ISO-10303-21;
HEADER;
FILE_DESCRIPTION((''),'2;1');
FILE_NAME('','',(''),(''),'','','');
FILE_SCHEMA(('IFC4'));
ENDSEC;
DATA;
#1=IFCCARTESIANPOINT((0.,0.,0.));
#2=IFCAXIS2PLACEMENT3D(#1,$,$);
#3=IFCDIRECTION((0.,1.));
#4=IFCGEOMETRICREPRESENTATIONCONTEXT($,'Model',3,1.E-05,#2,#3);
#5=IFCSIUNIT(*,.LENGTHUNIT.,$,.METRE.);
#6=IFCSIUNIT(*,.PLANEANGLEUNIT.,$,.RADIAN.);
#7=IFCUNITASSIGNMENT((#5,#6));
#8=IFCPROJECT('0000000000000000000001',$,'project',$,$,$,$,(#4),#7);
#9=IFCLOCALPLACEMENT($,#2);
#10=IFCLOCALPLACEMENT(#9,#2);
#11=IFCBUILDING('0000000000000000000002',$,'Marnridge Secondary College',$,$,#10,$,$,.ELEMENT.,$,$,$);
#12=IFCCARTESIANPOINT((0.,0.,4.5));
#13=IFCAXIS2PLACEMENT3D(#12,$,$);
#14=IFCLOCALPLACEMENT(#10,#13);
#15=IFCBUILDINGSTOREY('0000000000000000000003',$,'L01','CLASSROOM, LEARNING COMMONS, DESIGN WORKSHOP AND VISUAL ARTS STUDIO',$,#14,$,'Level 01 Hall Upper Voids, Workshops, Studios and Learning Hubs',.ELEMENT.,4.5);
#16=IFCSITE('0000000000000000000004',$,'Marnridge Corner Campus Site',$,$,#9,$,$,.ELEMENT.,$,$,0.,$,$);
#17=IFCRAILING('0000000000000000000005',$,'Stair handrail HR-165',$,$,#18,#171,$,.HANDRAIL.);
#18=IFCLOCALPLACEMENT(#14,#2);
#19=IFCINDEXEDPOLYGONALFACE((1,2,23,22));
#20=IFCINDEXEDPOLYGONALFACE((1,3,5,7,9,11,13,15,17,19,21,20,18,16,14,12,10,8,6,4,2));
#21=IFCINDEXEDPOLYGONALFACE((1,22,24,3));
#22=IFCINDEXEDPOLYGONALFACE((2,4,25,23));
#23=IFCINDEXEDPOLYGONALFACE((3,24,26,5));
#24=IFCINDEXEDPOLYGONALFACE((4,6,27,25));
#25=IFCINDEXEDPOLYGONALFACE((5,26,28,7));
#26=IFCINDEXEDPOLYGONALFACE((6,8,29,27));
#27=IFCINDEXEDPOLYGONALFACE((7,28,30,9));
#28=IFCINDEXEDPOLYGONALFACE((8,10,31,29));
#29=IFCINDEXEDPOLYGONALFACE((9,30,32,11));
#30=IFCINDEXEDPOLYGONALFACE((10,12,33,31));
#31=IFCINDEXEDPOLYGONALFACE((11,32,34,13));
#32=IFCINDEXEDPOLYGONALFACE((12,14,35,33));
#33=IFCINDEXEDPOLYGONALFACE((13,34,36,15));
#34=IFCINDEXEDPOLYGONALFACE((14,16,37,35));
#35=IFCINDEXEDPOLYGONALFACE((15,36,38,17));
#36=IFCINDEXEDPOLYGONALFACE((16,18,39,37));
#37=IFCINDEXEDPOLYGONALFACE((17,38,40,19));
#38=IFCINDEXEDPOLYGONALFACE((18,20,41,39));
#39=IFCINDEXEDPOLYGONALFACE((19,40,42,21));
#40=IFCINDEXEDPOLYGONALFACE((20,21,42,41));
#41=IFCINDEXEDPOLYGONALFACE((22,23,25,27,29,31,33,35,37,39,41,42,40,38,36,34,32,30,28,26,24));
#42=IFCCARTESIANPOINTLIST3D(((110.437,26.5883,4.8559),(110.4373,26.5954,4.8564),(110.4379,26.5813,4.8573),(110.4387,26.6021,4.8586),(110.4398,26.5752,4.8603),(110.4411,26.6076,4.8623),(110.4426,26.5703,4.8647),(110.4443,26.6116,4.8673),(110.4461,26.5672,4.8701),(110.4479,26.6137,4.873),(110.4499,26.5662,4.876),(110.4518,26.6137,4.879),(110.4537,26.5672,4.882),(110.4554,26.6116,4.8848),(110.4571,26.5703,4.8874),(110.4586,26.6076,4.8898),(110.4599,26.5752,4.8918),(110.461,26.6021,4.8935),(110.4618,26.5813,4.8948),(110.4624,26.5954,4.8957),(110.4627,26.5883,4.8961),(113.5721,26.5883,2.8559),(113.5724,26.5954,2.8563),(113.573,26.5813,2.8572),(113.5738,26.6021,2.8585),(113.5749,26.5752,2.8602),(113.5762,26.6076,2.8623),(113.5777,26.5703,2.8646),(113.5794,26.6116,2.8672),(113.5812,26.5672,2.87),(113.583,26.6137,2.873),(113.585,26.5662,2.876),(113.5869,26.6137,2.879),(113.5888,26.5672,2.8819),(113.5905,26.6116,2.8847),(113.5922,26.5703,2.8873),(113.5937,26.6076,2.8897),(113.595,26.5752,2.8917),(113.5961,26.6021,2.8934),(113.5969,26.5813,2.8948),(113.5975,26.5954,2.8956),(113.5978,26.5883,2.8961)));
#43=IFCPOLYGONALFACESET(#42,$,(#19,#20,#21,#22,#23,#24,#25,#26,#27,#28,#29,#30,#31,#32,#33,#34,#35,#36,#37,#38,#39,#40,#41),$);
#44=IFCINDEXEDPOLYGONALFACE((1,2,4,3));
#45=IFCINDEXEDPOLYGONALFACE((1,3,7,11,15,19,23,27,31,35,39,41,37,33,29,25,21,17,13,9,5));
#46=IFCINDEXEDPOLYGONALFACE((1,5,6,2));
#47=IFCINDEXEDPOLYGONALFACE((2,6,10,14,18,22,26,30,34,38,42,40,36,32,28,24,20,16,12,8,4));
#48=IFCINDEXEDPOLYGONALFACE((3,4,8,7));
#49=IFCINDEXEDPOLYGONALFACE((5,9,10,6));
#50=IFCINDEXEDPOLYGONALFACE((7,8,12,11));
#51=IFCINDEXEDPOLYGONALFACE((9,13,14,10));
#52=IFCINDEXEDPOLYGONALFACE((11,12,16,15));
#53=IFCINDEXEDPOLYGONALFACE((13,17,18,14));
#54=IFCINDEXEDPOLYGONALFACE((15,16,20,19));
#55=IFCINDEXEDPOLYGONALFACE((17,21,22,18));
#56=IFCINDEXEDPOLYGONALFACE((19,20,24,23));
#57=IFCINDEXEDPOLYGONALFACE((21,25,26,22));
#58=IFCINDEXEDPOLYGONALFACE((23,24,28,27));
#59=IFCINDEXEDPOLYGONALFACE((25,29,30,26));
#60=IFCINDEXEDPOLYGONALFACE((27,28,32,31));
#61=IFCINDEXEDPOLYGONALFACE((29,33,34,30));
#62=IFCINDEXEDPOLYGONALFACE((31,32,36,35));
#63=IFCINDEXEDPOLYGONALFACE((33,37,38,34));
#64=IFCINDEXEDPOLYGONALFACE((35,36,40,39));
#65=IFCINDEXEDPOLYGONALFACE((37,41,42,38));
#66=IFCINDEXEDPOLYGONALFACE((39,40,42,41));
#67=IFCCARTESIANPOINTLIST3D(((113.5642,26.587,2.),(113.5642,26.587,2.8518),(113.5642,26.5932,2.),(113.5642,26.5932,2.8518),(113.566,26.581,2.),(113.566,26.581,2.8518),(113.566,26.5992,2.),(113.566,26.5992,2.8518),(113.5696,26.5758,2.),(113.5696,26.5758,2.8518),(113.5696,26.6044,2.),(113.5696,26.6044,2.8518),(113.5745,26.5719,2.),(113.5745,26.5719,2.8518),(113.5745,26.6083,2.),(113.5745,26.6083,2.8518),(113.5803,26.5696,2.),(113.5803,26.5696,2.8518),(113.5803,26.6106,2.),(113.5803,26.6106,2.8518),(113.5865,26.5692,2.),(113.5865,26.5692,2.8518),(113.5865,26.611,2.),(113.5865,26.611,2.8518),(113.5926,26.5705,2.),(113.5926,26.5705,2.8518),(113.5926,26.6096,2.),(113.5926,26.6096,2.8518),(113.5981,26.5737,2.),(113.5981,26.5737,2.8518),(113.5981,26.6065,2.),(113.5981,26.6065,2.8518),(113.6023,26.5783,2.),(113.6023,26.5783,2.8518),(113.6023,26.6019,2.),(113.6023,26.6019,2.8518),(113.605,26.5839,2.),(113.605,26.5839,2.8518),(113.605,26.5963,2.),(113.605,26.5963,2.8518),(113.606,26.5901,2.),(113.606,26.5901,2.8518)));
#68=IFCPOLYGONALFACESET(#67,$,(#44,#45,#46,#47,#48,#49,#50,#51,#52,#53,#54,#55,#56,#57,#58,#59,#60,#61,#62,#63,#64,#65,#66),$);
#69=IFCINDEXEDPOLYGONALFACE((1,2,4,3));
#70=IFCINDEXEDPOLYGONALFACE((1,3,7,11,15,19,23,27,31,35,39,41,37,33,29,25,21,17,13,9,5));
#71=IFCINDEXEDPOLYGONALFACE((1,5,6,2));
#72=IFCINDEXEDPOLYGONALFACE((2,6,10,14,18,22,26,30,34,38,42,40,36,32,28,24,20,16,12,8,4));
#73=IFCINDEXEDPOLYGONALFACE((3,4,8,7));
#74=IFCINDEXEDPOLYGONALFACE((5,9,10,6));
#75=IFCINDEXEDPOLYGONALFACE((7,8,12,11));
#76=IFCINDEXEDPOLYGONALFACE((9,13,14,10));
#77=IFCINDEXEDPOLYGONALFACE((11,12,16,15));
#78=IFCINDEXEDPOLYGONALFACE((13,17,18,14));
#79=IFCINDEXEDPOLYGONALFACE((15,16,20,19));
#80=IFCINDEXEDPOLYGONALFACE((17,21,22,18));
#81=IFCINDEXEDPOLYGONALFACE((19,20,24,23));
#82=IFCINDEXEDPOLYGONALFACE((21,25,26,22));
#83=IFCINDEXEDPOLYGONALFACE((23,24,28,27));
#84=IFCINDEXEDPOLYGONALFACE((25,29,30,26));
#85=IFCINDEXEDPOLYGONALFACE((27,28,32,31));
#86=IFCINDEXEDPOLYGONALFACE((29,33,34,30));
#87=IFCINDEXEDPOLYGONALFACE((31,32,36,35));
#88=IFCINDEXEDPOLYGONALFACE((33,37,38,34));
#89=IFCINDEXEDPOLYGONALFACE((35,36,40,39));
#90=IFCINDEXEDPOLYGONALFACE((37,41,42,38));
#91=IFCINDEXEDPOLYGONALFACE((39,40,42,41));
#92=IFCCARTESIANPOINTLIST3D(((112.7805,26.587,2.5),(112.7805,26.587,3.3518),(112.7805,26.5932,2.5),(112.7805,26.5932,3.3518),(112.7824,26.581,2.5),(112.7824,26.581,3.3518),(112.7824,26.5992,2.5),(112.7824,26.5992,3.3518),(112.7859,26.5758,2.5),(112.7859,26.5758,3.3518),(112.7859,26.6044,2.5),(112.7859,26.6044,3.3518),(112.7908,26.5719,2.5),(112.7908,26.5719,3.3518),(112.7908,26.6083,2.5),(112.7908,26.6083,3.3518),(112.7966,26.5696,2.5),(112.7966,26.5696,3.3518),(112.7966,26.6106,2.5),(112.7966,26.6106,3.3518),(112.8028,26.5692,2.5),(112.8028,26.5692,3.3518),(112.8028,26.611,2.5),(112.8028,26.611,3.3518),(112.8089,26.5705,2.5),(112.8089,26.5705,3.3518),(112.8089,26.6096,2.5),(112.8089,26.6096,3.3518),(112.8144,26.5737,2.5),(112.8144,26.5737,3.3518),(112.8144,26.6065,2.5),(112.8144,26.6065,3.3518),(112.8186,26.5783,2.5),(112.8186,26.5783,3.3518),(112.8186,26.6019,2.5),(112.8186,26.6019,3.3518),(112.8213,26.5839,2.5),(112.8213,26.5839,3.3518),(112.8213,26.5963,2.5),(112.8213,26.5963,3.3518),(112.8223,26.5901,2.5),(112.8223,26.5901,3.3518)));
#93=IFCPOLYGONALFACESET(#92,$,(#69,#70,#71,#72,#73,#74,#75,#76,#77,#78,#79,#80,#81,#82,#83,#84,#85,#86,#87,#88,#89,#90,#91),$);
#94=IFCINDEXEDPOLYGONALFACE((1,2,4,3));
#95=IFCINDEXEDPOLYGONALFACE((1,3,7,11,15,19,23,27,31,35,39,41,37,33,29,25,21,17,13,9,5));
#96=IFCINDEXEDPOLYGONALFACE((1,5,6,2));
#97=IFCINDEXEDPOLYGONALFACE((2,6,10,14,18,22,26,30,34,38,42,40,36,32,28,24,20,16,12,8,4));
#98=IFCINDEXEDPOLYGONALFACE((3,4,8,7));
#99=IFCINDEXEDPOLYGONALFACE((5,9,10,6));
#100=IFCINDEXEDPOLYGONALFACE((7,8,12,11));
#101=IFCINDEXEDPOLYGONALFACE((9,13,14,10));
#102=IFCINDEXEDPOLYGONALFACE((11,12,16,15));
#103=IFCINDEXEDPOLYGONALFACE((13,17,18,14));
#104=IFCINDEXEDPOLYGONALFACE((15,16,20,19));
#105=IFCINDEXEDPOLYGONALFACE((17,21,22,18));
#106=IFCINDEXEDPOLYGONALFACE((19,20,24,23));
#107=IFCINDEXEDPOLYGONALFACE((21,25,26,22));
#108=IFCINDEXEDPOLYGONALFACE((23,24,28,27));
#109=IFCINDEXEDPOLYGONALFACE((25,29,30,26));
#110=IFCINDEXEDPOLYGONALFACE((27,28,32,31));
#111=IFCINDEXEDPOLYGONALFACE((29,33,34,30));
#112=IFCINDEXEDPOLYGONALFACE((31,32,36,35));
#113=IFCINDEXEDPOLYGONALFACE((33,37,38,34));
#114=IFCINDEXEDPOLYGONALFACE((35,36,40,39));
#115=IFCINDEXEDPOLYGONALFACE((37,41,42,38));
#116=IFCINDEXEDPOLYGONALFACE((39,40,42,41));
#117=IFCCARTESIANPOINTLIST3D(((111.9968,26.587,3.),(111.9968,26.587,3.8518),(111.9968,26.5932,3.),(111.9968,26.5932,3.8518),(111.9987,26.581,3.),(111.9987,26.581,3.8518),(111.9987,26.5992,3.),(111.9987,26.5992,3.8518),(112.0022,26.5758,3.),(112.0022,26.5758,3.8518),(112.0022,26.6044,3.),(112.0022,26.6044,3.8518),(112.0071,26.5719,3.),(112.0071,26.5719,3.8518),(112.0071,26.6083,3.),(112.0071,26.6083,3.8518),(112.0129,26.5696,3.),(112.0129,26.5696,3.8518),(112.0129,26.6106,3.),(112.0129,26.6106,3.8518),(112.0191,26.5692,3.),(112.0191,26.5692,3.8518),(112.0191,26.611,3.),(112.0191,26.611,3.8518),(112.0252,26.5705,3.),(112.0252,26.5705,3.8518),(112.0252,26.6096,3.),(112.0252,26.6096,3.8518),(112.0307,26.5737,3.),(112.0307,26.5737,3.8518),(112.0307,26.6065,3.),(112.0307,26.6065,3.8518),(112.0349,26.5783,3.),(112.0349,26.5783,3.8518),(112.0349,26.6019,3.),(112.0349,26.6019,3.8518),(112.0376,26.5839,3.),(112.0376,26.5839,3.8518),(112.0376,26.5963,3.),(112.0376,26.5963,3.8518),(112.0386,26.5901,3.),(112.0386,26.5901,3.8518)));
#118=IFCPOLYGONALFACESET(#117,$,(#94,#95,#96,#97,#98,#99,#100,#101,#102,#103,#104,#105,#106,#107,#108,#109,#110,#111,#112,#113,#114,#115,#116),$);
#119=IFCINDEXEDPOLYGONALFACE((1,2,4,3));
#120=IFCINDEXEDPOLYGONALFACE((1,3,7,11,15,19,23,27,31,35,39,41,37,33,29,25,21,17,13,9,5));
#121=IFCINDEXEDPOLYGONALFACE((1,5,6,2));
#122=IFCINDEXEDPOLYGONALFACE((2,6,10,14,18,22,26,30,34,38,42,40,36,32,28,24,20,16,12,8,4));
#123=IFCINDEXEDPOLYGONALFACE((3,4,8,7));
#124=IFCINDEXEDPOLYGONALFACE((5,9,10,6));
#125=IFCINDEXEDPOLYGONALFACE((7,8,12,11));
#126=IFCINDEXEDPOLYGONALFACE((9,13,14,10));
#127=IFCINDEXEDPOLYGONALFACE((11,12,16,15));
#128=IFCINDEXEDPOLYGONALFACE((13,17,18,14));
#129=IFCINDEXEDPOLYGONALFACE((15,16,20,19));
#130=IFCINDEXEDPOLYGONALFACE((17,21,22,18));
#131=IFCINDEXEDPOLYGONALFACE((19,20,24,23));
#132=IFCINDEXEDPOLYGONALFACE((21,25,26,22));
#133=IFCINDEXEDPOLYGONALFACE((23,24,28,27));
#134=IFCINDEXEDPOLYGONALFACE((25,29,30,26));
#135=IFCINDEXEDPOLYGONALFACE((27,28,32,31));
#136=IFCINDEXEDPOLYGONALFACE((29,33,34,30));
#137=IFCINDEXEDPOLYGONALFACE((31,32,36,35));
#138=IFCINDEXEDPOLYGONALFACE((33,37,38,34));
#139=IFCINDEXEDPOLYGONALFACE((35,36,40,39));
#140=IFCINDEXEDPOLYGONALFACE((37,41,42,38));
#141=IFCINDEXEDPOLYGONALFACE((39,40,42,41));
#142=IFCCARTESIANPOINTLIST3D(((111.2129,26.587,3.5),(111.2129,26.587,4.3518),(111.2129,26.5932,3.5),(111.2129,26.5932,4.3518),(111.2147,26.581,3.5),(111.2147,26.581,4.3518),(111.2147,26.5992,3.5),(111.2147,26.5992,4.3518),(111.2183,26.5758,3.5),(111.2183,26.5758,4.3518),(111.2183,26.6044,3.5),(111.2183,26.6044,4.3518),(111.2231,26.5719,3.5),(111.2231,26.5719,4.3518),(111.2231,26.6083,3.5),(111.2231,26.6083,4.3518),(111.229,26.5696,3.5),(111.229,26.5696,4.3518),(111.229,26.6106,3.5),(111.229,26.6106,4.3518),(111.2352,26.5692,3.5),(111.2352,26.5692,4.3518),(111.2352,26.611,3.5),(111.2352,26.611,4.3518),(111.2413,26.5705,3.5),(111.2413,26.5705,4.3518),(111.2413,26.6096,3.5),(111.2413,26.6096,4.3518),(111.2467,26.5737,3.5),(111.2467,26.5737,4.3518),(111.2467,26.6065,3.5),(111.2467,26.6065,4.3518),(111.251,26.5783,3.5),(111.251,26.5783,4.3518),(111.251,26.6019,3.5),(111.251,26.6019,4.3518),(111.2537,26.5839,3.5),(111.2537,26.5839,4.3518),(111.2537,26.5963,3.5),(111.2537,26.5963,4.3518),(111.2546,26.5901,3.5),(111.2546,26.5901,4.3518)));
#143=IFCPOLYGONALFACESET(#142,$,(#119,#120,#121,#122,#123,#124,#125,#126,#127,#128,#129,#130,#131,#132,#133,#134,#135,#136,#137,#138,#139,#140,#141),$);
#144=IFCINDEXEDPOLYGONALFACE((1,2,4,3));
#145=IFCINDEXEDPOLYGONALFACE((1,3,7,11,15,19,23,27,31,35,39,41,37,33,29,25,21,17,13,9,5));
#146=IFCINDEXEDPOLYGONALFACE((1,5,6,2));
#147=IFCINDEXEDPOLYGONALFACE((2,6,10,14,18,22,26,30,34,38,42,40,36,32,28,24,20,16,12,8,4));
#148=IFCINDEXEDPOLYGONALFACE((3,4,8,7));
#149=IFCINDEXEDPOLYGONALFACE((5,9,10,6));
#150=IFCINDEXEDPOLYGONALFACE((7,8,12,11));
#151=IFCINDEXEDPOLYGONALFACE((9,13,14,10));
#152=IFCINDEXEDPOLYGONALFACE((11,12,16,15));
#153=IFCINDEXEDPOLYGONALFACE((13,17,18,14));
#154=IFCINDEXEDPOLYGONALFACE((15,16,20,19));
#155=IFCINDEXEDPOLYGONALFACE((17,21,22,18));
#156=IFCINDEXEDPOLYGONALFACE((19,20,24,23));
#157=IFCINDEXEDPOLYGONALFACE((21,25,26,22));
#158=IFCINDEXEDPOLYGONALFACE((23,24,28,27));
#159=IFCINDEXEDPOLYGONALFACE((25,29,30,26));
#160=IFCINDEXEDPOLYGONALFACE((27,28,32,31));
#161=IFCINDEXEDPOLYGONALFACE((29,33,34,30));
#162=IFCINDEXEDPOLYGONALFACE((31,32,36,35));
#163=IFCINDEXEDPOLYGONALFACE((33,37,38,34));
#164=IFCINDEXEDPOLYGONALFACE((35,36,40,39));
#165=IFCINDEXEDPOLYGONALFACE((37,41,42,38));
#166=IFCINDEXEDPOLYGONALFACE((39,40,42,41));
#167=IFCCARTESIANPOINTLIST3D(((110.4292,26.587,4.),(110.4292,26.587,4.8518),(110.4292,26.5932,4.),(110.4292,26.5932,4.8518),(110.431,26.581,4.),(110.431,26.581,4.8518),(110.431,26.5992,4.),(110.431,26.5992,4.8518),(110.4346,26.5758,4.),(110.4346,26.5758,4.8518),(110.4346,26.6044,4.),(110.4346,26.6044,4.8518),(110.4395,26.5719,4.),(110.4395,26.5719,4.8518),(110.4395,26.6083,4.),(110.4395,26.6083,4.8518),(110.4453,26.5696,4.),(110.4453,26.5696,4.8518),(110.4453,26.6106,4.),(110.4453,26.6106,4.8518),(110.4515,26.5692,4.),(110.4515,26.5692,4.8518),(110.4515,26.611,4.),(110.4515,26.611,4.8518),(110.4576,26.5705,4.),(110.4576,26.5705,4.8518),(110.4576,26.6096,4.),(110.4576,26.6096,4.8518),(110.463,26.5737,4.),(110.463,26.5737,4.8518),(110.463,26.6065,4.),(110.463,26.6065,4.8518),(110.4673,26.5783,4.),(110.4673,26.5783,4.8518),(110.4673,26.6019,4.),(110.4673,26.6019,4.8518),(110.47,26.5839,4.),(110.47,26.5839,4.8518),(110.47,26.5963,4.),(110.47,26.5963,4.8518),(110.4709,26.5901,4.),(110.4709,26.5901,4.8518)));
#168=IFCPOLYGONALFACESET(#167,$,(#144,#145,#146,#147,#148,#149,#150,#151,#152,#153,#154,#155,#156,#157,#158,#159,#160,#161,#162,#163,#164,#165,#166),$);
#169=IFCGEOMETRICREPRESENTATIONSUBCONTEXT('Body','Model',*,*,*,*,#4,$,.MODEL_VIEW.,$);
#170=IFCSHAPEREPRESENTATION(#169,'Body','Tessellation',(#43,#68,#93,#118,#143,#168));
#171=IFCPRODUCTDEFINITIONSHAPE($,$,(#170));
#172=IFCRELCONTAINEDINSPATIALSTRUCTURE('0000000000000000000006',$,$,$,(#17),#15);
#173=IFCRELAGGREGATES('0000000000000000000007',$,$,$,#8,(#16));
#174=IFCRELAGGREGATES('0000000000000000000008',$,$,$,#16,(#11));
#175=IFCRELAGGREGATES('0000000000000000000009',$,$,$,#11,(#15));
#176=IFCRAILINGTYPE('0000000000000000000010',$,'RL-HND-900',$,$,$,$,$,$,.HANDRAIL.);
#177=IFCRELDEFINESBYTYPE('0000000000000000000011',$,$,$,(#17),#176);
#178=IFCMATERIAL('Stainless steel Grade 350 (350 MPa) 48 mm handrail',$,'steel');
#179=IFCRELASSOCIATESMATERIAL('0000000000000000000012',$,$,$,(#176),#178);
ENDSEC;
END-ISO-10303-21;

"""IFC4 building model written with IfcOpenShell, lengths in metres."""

from ifc_helpers import new_model, si_unit, direction, frame, origin, origin_2d, place, context, subcontext, project, spatial, circle, extrude, material, type_object, element, save


model = new_model("IFC4")

# Units and contexts
model_context = context("Model", 3, precision=1e-05, world=origin(), true_north=direction((0.0, 1.0)))
body_context = subcontext(model_context, "Body", "Model", "MODEL_VIEW")
ifc_project = project(units=[si_unit("LENGTHUNIT", "METRE"), si_unit("PLANEANGLEUNIT", "RADIAN")], contexts=[model_context])

# Site, building, storey
site_placement = place(None, origin())
site = spatial("IfcSite", under=ifc_project, at=site_placement, Name="Marnridge Corner Campus Site", CompositionType="ELEMENT", RefElevation=0.0)
building_placement = place(site_placement, origin())
building = spatial("IfcBuilding", under=site, at=building_placement, Name="Marnridge Secondary College", CompositionType="ELEMENT")
storey_placement = place(building_placement, frame((0.0, 0.0, 4.5)))
storey = spatial("IfcBuildingStorey", under=building, at=storey_placement, Name="L01", Description="CLASSROOM, LEARNING COMMONS, DESIGN WORKSHOP AND VISUAL ARTS STUDIO", LongName="Level 01 Hall Upper Voids, Workshops, Studios and Learning Hubs", CompositionType="ELEMENT", Elevation=4.5)

# Railing
ifc_material_1 = material(Name="Stainless steel Grade 350 (350 MPa) 48 mm handrail", Category="steel")
railing_type_1 = type_object("IfcRailingType", Name="RL-HND-900", PredefinedType="HANDRAIL", material=ifc_material_1)
for number, where, name in (
    (1, (113.585, 26.5901, 2.0), "Stair handrail HR-165"),
):
    element("IfcRailing", number, at=place(storey_placement, frame(where)), inside=storey, type_object=railing_type_1, Name=name, PredefinedType="HANDRAIL", context=body_context, shape_type="SweptSolid", body=[
        extrude(circle(Radius=0.0239, at=origin_2d()), frame((0.0, 0.0, 0.876), z_axis=(-0.843053, 0.0, 0.537831), x_axis=(0.0, -1.0, 0.0)), (0.0, 0.0, 1.0), 3.7188),
        extrude(circle(Radius=0.021, at=origin_2d()), origin(), (0.0, 0.0, 1.0), 0.8518),
        extrude(circle(Radius=0.021, at=origin_2d()), frame((-0.7837, 0.0, 0.5)), (0.0, 0.0, 1.0), 0.8518),
        extrude(circle(Radius=0.021, at=origin_2d()), frame((-1.5674, 0.0, 1.0)), (0.0, 0.0, 1.0), 0.8518),
        extrude(circle(Radius=0.021, at=origin_2d()), frame((-2.3513, 0.0, 1.5)), (0.0, 0.0, 1.0), 0.8518),
        extrude(circle(Radius=0.021, at=origin_2d()), frame((-3.135, 0.0, 2.0)), (0.0, 0.0, 1.0), 0.8518),
    ])

save(model, "model.ifc")
